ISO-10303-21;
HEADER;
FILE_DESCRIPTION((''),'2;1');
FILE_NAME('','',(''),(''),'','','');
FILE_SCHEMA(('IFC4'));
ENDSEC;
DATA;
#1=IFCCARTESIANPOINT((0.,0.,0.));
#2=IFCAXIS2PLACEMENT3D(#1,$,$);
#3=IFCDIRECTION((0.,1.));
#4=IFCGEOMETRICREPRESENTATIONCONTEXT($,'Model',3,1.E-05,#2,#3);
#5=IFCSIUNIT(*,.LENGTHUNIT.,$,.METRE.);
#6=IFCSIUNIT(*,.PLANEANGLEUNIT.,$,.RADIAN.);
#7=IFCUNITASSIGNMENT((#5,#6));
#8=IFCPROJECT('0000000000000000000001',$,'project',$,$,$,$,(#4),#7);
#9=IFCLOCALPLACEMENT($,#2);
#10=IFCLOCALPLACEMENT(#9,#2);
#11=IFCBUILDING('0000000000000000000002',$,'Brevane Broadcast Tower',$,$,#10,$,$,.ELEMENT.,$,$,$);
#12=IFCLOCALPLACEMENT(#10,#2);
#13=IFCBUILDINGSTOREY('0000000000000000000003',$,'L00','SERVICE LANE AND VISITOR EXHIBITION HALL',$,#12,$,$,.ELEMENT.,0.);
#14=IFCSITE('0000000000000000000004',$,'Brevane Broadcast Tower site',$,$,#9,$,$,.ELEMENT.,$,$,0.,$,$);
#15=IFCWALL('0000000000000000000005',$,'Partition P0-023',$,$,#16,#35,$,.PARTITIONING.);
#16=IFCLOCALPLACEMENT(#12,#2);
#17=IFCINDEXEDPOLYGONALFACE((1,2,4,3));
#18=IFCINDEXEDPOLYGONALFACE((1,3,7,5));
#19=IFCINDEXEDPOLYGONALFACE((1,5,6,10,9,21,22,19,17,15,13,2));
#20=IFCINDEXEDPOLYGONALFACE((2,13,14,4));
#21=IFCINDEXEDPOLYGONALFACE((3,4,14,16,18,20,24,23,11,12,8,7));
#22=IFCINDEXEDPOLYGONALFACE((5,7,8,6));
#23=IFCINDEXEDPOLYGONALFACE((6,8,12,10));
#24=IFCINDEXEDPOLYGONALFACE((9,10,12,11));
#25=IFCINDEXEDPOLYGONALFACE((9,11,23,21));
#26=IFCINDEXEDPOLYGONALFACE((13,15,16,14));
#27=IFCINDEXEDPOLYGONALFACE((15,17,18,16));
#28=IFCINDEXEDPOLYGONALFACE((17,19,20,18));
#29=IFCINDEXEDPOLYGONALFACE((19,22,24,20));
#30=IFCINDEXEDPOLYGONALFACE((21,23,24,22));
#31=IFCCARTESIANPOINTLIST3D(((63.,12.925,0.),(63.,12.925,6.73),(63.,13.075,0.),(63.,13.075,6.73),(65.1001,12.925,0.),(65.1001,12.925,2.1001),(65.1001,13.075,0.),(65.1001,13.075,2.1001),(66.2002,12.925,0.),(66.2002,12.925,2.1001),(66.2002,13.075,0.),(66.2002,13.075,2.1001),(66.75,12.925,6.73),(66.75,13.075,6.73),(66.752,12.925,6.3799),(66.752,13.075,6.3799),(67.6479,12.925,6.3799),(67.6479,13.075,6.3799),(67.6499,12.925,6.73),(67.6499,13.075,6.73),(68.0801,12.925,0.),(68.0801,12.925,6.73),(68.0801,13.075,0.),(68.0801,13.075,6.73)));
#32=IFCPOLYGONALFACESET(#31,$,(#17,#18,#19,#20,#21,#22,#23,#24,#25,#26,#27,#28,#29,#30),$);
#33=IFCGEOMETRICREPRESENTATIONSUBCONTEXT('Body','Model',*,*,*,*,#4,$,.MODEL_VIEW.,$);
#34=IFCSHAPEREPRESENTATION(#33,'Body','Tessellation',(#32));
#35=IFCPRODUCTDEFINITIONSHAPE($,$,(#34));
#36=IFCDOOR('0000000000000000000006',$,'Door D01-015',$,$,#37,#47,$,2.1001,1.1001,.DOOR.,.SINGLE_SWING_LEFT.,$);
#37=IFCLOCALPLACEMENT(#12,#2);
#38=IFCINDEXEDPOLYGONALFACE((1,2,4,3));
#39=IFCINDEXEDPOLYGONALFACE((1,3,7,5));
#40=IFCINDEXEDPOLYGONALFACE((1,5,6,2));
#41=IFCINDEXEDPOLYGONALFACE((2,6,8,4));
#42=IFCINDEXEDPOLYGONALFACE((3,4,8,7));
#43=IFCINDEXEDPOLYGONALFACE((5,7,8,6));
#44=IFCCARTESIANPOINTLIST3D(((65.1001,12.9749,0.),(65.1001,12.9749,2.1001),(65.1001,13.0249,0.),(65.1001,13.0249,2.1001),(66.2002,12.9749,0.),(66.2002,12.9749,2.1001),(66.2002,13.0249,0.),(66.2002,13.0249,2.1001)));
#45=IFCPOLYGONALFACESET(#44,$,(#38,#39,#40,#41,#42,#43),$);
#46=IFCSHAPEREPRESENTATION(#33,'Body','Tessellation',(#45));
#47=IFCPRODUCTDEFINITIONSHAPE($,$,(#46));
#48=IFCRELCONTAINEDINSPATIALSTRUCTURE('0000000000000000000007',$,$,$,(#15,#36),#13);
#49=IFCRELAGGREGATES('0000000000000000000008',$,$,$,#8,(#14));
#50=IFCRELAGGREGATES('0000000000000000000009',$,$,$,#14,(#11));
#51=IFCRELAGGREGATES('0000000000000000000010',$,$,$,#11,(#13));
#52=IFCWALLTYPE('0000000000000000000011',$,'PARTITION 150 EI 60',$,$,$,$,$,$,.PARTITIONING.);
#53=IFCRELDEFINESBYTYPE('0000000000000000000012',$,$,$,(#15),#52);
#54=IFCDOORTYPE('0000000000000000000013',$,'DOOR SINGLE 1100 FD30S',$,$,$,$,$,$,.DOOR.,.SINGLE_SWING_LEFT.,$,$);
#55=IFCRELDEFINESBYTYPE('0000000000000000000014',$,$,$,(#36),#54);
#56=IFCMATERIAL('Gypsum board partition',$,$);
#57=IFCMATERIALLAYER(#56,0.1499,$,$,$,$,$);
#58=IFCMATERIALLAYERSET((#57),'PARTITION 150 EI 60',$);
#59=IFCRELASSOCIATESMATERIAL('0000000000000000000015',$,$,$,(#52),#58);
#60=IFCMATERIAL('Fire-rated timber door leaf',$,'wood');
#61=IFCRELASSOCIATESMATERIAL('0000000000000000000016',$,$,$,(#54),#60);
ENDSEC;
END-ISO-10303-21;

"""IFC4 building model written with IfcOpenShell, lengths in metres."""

from ifc_helpers import new_model, si_unit, direction, frame, frame_2d, origin, place, context, subcontext, project, spatial, polyline, rectangle, outline, extrude, material, layer, layer_set, type_object, element, fill, save


model = new_model("IFC4")

# Units and contexts
model_context = context("Model", 3, precision=1e-05, world=origin(), true_north=direction((0.0, 1.0)))
body_context = subcontext(model_context, "Body", "Model", "MODEL_VIEW")
ifc_project = project(units=[si_unit("LENGTHUNIT", "METRE"), si_unit("PLANEANGLEUNIT", "RADIAN")], contexts=[model_context])

# Site, building, storey
site_placement = place(None, origin())
site = spatial("IfcSite", under=ifc_project, at=site_placement, Name="Brevane Broadcast Tower site", CompositionType="ELEMENT", RefElevation=0.0)
building_placement = place(site_placement, origin())
building = spatial("IfcBuilding", under=site, at=building_placement, Name="Brevane Broadcast Tower", CompositionType="ELEMENT")
storey_placement = place(building_placement, origin())
storey = spatial("IfcBuildingStorey", under=building, at=storey_placement, Name="L00", Description="SERVICE LANE AND VISITOR EXHIBITION HALL", CompositionType="ELEMENT", Elevation=0.0)

# Shared definitions
ifc_material_1 = material(Name="Gypsum board partition")
ifc_layer_1 = layer(ifc_material_1, 0.1499)
ifc_layer_set_1 = layer_set([ifc_layer_1], Name="PARTITION 150 EI 60")
wall_type_1 = type_object("IfcWallType", Name="PARTITION 150 EI 60", PredefinedType="PARTITIONING", material=ifc_layer_set_1)
ifc_material_2 = material(Name="Fire-rated timber door leaf", Category="wood")

# Wall, opening, door
wall_1_placement = place(storey_placement, frame((63.0, 13.0, 0.0), z_axis=(0.0, 0.0, 1.0), x_axis=(1.0, 0.0, 0.0)))
wall_1 = element("IfcWall", 1, at=wall_1_placement, inside=storey, type_object=wall_type_1, Name="Partition P0-023", PredefinedType="PARTITIONING", context=body_context, shape_type="SweptSolid", body=[
    extrude(outline(polyline([(0.0, 0.0), (5.0801, 0.0), (5.0801, 6.73), (4.6499, 6.73), (4.6479, 6.3799), (3.752, 6.3799), (3.75, 6.73), (0.0, 6.73), (0.0, 0.0)])), frame((0.0, 0.075, 0.0), z_axis=(0.0, -1.0, 0.0), x_axis=(1.0, 0.0, 0.0)), (0.0, 0.0, 1.0), 0.1499),
])
opening_1_placement = place(wall_1_placement, frame((2.1001, 0.0, 0.0)))
opening_1 = element("IfcOpeningElement", 2, at=opening_1_placement, cuts=wall_1, PredefinedType="OPENING", context=body_context, shape_type="SweptSolid", body=[
    extrude(rectangle(XDim=1.1001, YDim=2.1001, at=frame_2d((0.55, 1.05))), frame((0.0, 0.085, 0.0), z_axis=(0.0, -1.0, 0.0), x_axis=(1.0, 0.0, 0.0)), (0.0, 0.0, 1.0), 0.1699),
])
door_type_1 = type_object("IfcDoorType", Name="DOOR SINGLE 1100 FD30S", OperationType="SINGLE_SWING_LEFT", PredefinedType="DOOR", material=ifc_material_2)
door_1_placement = place(opening_1_placement, origin())
door_1 = element("IfcDoor", 3, at=door_1_placement, inside=storey, type_object=door_type_1, Name="Door D01-015", OperationType="SINGLE_SWING_LEFT", OverallHeight=2.1001, OverallWidth=1.1001, PredefinedType="DOOR", context=body_context, shape_type="SweptSolid", body=[
    extrude(rectangle(XDim=1.1001, YDim=2.1001, at=frame_2d((0.55, 1.05))), frame((0.0, 0.0249, 0.0), z_axis=(0.0, -1.0, 0.0), x_axis=(1.0, 0.0, 0.0)), (0.0, 0.0, 1.0), 0.05),
])
fill(opening_1, door_1)

save(model, "model.ifc")
